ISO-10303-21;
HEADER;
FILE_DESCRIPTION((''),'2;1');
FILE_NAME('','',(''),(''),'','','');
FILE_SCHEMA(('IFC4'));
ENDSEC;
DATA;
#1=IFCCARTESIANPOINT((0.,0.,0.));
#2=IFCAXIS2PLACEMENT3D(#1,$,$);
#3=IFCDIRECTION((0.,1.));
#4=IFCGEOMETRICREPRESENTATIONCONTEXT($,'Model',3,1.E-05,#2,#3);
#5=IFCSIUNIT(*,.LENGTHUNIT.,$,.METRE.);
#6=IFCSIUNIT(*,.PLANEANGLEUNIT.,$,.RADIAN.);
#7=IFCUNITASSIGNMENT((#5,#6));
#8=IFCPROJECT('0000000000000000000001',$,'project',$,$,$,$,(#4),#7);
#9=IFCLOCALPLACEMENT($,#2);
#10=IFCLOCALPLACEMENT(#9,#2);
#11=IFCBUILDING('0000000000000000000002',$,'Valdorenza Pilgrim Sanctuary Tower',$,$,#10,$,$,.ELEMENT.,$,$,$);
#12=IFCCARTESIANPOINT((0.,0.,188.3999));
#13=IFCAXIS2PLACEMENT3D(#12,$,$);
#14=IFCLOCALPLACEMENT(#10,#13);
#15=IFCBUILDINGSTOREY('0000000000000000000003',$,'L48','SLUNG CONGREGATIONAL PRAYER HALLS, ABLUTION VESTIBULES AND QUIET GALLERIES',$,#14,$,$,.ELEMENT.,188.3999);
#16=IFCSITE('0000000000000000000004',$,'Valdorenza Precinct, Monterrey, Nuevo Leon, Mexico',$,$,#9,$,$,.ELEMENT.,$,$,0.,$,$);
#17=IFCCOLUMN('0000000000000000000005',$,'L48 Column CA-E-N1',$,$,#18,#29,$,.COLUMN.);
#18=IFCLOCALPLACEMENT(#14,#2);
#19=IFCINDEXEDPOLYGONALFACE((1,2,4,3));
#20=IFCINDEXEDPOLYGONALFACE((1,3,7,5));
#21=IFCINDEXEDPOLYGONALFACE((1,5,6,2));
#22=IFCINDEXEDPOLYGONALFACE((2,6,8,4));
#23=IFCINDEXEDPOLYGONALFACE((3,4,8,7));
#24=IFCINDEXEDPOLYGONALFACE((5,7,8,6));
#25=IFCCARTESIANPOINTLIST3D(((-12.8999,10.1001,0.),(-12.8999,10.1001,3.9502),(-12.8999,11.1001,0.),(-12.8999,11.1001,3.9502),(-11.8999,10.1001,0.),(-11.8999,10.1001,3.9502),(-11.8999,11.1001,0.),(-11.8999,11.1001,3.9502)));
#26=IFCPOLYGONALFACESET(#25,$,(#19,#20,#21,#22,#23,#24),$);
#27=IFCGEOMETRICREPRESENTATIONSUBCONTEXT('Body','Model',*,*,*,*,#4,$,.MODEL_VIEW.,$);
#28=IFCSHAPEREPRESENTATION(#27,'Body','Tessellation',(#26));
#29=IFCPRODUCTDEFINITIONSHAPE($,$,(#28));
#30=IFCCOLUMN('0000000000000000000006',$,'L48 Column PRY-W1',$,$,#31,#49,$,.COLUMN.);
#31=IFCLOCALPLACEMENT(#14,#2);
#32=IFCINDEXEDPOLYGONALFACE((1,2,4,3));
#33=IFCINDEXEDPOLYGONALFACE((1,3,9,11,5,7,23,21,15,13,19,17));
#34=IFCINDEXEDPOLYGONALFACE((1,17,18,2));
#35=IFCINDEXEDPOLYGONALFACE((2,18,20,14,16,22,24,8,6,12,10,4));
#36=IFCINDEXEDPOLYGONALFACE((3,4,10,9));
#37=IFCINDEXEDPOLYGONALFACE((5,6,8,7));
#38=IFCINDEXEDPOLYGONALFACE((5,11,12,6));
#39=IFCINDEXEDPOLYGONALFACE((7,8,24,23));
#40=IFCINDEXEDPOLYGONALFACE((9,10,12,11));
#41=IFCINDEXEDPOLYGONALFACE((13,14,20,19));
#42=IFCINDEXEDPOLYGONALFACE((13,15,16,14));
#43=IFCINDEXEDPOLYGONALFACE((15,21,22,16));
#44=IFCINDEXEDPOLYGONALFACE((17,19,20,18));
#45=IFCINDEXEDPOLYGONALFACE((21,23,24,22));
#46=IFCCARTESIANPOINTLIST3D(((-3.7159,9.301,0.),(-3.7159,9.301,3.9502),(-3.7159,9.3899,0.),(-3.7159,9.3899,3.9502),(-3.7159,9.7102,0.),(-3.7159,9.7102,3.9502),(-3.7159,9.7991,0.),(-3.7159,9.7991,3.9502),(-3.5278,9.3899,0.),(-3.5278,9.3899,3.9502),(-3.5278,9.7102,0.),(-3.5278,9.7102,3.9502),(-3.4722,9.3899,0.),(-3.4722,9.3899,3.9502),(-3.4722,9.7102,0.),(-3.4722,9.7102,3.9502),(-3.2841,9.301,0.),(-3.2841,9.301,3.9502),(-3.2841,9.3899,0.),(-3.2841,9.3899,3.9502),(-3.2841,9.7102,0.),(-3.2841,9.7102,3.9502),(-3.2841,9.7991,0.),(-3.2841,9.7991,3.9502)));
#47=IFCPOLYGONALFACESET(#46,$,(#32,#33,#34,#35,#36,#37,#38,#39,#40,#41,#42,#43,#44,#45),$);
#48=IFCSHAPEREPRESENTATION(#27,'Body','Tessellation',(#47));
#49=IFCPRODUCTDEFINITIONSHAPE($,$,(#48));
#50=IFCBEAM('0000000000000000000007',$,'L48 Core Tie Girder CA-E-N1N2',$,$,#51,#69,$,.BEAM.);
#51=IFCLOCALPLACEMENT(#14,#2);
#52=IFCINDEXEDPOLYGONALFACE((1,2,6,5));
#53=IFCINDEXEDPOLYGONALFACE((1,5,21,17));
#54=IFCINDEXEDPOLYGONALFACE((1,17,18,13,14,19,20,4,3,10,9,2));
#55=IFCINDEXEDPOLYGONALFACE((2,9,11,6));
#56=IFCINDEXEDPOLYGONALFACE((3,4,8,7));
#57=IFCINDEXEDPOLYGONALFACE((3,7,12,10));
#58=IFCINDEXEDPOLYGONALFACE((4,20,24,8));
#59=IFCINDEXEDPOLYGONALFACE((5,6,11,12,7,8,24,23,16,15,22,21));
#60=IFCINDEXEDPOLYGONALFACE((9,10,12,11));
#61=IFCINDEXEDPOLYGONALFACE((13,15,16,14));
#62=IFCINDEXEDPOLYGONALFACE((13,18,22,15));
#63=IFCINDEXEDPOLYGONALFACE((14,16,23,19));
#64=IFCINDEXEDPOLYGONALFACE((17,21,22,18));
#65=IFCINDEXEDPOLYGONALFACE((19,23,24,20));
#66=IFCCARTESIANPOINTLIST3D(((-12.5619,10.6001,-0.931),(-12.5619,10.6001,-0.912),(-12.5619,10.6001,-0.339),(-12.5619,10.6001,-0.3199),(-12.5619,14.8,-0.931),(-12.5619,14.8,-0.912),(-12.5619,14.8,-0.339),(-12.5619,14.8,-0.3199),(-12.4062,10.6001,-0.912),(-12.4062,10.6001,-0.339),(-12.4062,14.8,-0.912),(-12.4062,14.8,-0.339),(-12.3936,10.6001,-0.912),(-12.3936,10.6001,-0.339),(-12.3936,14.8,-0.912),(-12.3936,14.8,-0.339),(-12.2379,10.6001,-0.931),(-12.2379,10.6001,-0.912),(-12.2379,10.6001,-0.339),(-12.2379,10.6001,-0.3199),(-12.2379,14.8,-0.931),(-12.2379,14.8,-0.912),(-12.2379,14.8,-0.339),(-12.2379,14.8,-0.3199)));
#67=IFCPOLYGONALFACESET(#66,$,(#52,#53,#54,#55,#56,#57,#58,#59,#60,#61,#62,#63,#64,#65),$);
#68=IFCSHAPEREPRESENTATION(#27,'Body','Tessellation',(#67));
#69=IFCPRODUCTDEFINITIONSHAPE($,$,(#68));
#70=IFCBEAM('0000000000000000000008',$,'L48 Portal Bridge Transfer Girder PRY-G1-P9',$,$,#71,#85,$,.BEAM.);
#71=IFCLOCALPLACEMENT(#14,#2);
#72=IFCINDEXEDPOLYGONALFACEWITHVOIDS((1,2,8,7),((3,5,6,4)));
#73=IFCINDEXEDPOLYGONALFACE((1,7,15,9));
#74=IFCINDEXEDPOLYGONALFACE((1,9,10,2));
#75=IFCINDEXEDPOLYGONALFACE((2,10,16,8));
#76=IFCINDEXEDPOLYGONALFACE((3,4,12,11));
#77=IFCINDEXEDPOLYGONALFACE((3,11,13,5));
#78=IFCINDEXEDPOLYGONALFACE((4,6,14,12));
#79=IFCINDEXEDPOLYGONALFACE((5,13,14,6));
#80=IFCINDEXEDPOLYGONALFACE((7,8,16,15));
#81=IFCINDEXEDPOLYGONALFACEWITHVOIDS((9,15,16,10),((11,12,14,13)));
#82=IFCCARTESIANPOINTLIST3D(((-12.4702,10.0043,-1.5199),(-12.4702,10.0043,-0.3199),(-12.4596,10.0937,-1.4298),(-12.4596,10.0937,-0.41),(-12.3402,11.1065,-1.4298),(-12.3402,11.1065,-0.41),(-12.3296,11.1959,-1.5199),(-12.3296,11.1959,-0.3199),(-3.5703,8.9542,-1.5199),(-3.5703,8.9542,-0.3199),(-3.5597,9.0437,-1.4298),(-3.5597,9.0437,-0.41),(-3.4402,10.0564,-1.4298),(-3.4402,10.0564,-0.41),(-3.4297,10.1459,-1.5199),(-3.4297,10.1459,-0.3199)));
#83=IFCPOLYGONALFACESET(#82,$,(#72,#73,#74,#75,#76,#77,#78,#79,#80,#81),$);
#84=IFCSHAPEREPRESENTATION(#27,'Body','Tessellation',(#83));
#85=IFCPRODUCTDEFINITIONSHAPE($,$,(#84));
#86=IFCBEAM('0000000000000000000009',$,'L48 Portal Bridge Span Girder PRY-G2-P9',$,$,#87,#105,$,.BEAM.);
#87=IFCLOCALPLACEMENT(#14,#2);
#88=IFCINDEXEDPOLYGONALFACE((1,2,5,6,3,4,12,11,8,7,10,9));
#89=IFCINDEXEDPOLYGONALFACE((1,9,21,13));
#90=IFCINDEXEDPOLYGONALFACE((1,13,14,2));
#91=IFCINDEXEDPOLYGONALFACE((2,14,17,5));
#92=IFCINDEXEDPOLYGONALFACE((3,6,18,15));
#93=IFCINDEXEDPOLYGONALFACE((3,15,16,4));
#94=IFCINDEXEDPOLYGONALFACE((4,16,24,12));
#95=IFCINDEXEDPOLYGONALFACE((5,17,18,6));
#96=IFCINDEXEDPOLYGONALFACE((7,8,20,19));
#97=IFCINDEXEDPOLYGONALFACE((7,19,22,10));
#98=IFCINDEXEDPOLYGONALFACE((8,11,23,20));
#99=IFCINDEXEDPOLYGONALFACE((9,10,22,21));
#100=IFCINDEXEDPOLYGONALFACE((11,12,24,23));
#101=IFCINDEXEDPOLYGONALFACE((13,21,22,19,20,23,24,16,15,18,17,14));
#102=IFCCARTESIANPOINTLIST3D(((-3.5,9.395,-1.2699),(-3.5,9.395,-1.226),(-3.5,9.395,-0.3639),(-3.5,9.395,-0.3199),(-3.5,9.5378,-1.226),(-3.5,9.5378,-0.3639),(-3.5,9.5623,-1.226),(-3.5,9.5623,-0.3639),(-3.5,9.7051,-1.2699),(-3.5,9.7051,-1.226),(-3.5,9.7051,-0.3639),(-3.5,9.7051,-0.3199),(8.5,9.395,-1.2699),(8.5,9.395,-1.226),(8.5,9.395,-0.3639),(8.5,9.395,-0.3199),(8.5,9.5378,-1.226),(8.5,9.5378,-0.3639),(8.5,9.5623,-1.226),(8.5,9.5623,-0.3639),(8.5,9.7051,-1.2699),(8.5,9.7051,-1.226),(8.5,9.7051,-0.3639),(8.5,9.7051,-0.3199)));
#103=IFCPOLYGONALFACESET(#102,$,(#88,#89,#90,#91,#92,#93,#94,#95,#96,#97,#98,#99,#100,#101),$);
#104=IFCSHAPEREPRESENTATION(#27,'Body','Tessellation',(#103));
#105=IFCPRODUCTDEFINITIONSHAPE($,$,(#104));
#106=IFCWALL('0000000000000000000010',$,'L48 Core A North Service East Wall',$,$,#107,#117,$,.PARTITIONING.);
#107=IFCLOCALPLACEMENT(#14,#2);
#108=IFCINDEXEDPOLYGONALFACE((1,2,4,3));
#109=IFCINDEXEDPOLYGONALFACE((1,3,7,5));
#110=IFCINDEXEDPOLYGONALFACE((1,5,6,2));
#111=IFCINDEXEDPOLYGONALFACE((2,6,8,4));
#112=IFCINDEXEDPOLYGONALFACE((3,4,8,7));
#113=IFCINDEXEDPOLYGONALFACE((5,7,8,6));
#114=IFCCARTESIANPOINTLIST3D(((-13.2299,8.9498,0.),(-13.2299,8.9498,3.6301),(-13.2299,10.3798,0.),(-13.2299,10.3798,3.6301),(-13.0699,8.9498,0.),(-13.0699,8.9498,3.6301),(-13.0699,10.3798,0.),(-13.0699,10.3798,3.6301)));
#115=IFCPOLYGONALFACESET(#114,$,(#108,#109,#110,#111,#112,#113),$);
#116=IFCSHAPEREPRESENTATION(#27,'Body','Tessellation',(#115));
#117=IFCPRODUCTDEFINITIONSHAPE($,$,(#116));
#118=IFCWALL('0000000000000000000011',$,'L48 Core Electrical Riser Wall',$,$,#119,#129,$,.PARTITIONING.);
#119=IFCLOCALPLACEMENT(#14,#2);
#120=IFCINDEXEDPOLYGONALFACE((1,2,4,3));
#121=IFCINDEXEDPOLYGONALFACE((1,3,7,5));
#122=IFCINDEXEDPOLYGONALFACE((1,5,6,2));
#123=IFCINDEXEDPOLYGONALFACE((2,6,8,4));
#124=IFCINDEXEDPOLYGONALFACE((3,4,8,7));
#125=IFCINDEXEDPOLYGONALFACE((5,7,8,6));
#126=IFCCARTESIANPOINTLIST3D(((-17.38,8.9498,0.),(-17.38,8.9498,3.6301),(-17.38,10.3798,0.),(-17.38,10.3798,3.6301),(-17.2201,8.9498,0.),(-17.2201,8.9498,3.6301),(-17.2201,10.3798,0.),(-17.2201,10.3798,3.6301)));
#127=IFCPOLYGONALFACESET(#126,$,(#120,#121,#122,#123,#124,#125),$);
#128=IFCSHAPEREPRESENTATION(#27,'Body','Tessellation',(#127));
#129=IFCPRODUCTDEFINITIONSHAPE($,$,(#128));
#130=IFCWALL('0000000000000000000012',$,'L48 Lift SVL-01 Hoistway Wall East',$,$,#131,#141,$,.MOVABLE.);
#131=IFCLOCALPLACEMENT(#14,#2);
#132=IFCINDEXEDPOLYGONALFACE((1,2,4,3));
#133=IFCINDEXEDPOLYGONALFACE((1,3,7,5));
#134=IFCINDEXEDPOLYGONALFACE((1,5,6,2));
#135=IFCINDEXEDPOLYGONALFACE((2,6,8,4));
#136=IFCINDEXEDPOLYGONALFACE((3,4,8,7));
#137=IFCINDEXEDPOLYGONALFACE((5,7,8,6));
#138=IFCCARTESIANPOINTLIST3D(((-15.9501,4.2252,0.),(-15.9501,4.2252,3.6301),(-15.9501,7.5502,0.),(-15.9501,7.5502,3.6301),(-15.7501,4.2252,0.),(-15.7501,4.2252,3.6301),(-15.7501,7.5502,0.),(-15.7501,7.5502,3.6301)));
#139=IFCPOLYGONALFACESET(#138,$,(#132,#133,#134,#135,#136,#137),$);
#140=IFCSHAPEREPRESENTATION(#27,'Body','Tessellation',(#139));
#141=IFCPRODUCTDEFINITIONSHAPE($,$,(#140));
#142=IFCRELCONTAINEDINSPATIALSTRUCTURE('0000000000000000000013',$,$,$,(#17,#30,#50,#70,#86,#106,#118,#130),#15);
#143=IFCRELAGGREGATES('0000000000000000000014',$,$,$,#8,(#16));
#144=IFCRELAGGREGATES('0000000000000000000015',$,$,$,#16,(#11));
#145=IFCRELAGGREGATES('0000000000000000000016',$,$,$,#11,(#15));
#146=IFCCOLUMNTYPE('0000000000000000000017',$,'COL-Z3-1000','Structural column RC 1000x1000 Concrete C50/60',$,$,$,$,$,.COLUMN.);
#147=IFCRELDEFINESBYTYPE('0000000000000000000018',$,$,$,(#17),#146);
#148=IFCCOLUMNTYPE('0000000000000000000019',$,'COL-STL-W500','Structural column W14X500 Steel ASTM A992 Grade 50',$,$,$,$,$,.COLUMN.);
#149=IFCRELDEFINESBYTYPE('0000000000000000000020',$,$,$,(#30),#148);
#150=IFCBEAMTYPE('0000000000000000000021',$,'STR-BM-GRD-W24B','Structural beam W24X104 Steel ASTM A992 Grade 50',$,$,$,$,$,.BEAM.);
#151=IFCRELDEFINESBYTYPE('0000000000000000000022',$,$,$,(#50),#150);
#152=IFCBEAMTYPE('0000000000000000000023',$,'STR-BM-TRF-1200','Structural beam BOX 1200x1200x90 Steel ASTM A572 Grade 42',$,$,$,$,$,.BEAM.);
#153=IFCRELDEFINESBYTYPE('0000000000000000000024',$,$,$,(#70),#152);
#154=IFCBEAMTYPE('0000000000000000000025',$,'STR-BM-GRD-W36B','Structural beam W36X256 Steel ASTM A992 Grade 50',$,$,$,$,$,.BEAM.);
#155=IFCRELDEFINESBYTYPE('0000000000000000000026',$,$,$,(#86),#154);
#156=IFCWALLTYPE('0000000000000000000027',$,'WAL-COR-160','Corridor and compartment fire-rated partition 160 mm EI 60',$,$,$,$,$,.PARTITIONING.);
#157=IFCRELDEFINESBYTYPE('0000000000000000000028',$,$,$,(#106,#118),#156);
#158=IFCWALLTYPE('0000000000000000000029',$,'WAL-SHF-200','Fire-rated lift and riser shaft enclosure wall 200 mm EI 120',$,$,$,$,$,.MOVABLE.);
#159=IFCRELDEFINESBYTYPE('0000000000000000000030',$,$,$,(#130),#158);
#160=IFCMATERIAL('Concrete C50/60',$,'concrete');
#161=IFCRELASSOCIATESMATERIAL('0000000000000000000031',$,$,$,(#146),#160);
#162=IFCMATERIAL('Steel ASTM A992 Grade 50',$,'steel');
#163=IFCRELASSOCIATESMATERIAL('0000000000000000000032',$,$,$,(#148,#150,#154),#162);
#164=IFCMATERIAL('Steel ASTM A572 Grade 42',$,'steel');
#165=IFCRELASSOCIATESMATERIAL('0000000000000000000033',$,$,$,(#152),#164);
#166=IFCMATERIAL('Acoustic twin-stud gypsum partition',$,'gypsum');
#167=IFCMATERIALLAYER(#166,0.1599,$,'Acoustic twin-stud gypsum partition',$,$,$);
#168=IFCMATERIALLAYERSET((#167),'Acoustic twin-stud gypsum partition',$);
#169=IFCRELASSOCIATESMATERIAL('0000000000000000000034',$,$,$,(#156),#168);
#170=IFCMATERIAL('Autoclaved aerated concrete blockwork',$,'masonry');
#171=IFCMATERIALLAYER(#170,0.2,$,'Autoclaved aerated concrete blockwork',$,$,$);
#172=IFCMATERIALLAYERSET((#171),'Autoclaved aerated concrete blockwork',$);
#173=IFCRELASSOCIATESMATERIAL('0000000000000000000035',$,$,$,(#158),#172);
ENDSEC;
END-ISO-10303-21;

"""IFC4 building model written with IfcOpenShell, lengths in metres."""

from ifc_helpers import new_model, si_unit, direction, frame, frame_2d, origin, origin_2d, place, context, subcontext, project, spatial, rectangle, hollow_rectangle, i_section, extrude, source, transform, mapped, material, layer, layer_set, material_profile, profile_set, type_object, element, save


model = new_model("IFC4")

# Units and contexts
model_context = context("Model", 3, precision=1e-05, world=origin(), true_north=direction((0.0, 1.0)))
body_context = subcontext(model_context, "Body", "Model", "MODEL_VIEW")
ifc_project = project(units=[si_unit("LENGTHUNIT", "METRE"), si_unit("PLANEANGLEUNIT", "RADIAN")], contexts=[model_context])

# Site, building, storey
site_placement = place(None, origin())
site = spatial("IfcSite", under=ifc_project, at=site_placement, Name="Valdorenza Precinct, Monterrey, Nuevo Leon, Mexico", CompositionType="ELEMENT", RefElevation=0.0)
building_placement = place(site_placement, origin())
building = spatial("IfcBuilding", under=site, at=building_placement, Name="Valdorenza Pilgrim Sanctuary Tower", CompositionType="ELEMENT")
storey_placement = place(building_placement, frame((0.0, 0.0, 188.3999)))
storey = spatial("IfcBuildingStorey", under=building, at=storey_placement, Name="L48", Description="SLUNG CONGREGATIONAL PRAYER HALLS, ABLUTION VESTIBULES AND QUIET GALLERIES", CompositionType="ELEMENT", Elevation=188.3999)

# Columns
ifc_material_1 = material(Name="Concrete C50/60", Category="concrete")
ifc_material_profile_1 = material_profile(ifc_material_1, rectangle(XDim=1.0, YDim=1.0, at=origin_2d()), Name="RC 1000x1000")
ifc_profile_set_1 = profile_set([ifc_material_profile_1], Name="Concrete C50/60")
column_type_1 = type_object("IfcColumnType", Name="COL-Z3-1000", Description="Structural column RC 1000x1000 Concrete C50/60", PredefinedType="COLUMN", material=ifc_profile_set_1)
shared_shape_1 = source(origin(), body_context, "Body", "SweptSolid", [
    extrude(rectangle(XDim=1.0, YDim=1.0, at=origin_2d()), origin(), (0.0, 0.0, 1.0), 3.9502),
])
column_1_placement = place(storey_placement, frame((-12.3999, 10.6001, 0.0), z_axis=(0.0, 0.0, 1.0), x_axis=(1.0, 0.0, 0.0)))
element("IfcColumn", 1, at=column_1_placement, inside=storey, type_object=column_type_1, Name="L48 Column CA-E-N1", PredefinedType="COLUMN", context=body_context, shape_type="MappedRepresentation", body=[
    mapped(shared_shape_1, transform((0.0, 0.0, 0.0), x_axis=(1.0, 0.0, 0.0), y_axis=(0.0, 1.0, 0.0), z_axis=(0.0, 0.0, 1.0), scale=1.0)),
])
ifc_material_2 = material(Name="Steel ASTM A992 Grade 50", Category="steel")
ifc_material_profile_2 = material_profile(ifc_material_2, i_section(OverallWidth=0.4319, OverallDepth=0.498, WebThickness=0.0557, FlangeThickness=0.0889, at=origin_2d()), Name="W14X500")
ifc_profile_set_2 = profile_set([ifc_material_profile_2], Name="Steel ASTM A992 Grade 50")
column_type_2 = type_object("IfcColumnType", Name="COL-STL-W500", Description="Structural column W14X500 Steel ASTM A992 Grade 50", PredefinedType="COLUMN", material=ifc_profile_set_2)
shared_shape_2 = source(origin(), body_context, "Body", "SweptSolid", [
    extrude(i_section(OverallWidth=0.4319, OverallDepth=0.498, WebThickness=0.0557, FlangeThickness=0.0889, at=origin_2d()), origin(), (0.0, 0.0, 1.0), 3.9502),
])
column_2_placement = place(storey_placement, frame((-3.5, 9.55, 0.0), z_axis=(0.0, 0.0, 1.0), x_axis=(1.0, 0.0, 0.0)))
element("IfcColumn", 2, at=column_2_placement, inside=storey, type_object=column_type_2, Name="L48 Column PRY-W1", PredefinedType="COLUMN", context=body_context, shape_type="MappedRepresentation", body=[
    mapped(shared_shape_2, transform((0.0, 0.0, 0.0), x_axis=(1.0, 0.0, 0.0), y_axis=(0.0, 1.0, 0.0), z_axis=(0.0, 0.0, 1.0), scale=1.0)),
])

# Beams
ifc_material_profile_3 = material_profile(ifc_material_2, i_section(OverallWidth=0.324, OverallDepth=0.6111, WebThickness=0.0127, FlangeThickness=0.019, at=origin_2d()), Name="W24X104")
ifc_profile_set_3 = profile_set([ifc_material_profile_3], Name="Steel ASTM A992 Grade 50")
beam_type_1 = type_object("IfcBeamType", Name="STR-BM-GRD-W24B", Description="Structural beam W24X104 Steel ASTM A992 Grade 50", PredefinedType="BEAM", material=ifc_profile_set_3)
shared_shape_3 = source(origin(), body_context, "Body", "SweptSolid", [
    extrude(i_section(OverallWidth=0.324, OverallDepth=0.6111, WebThickness=0.0127, FlangeThickness=0.019, at=origin_2d()), origin(), (0.0, 0.0, 1.0), 4.2),
])
beam_1_placement = place(storey_placement, frame((-12.3999, 10.6001, -0.6255), z_axis=(0.0, 1.0, 0.0), x_axis=(-1.0, 0.0, 0.0)))
element("IfcBeam", 3, at=beam_1_placement, inside=storey, type_object=beam_type_1, Name="L48 Core Tie Girder CA-E-N1N2", PredefinedType="BEAM", context=body_context, shape_type="MappedRepresentation", body=[
    mapped(shared_shape_3, transform((0.0, 0.0, 0.0), x_axis=(1.0, 0.0, 0.0), y_axis=(0.0, 1.0, 0.0), z_axis=(0.0, 0.0, 1.0), scale=1.0)),
])
ifc_material_3 = material(Name="Steel ASTM A572 Grade 42", Category="steel")
ifc_material_profile_4 = material_profile(ifc_material_3, hollow_rectangle(XDim=1.2, YDim=1.2, WallThickness=0.0901, at=origin_2d()), Name="BOX 1200x1200x90")
ifc_profile_set_4 = profile_set([ifc_material_profile_4], Name="Steel ASTM A572 Grade 42")
beam_type_2 = type_object("IfcBeamType", Name="STR-BM-TRF-1200", Description="Structural beam BOX 1200x1200x90 Steel ASTM A572 Grade 42", PredefinedType="BEAM", material=ifc_profile_set_4)
shared_shape_4 = source(origin(), body_context, "Body", "SweptSolid", [
    extrude(hollow_rectangle(XDim=1.2, YDim=1.2, WallThickness=0.0901, at=origin_2d()), origin(), (0.0, 0.0, 1.0), 8.9617),
])
beam_2_placement = place(storey_placement, frame((-12.3999, 10.6001, -0.9199), z_axis=(0.993112, -0.117172, 0.0), x_axis=(0.117172, 0.993112, 0.0)))
element("IfcBeam", 4, at=beam_2_placement, inside=storey, type_object=beam_type_2, Name="L48 Portal Bridge Transfer Girder PRY-G1-P9", PredefinedType="BEAM", context=body_context, shape_type="MappedRepresentation", body=[
    mapped(shared_shape_4, transform((0.0, 0.0, 0.0), x_axis=(1.0, 0.0, 0.0), y_axis=(0.0, 1.0, 0.0), z_axis=(0.0, 0.0, 1.0), scale=1.0)),
])
ifc_material_profile_5 = material_profile(ifc_material_2, i_section(OverallWidth=0.3101, OverallDepth=0.95, WebThickness=0.0244, FlangeThickness=0.0439, at=origin_2d()), Name="W36X256")
ifc_profile_set_5 = profile_set([ifc_material_profile_5], Name="Steel ASTM A992 Grade 50")
beam_type_3 = type_object("IfcBeamType", Name="STR-BM-GRD-W36B", Description="Structural beam W36X256 Steel ASTM A992 Grade 50", PredefinedType="BEAM", material=ifc_profile_set_5)
shared_shape_5 = source(origin(), body_context, "Body", "SweptSolid", [
    extrude(i_section(OverallWidth=0.3101, OverallDepth=0.95, WebThickness=0.0244, FlangeThickness=0.0439, at=origin_2d()), origin(), (0.0, 0.0, 1.0), 12.0),
])
beam_3_placement = place(storey_placement, frame((-3.5, 9.55, -0.7949), z_axis=(1.0, 0.0, 0.0), x_axis=(0.0, 1.0, 0.0)))
element("IfcBeam", 5, at=beam_3_placement, inside=storey, type_object=beam_type_3, Name="L48 Portal Bridge Span Girder PRY-G2-P9", PredefinedType="BEAM", context=body_context, shape_type="MappedRepresentation", body=[
    mapped(shared_shape_5, transform((0.0, 0.0, 0.0), x_axis=(1.0, 0.0, 0.0), y_axis=(0.0, 1.0, 0.0), z_axis=(0.0, 0.0, 1.0), scale=1.0)),
])

# Walls
ifc_material_4 = material(Name="Acoustic twin-stud gypsum partition", Category="gypsum")
ifc_layer_1 = layer(ifc_material_4, 0.1599, Name="Acoustic twin-stud gypsum partition")
ifc_layer_set_1 = layer_set([ifc_layer_1], Name="Acoustic twin-stud gypsum partition")
wall_type_1 = type_object("IfcWallType", Name="WAL-COR-160", Description="Corridor and compartment fire-rated partition 160 mm EI 60", PredefinedType="PARTITIONING", material=ifc_layer_set_1)
for number, where, z_axis, x_axis, name in (
    (6, (-13.1499, 8.95, 0.0), (0.0, 0.0, 1.0), (0.0, 1.0, 0.0), "L48 Core A North Service East Wall"),
    (7, (-17.3, 8.95, 0.0), (0.0, 0.0, 1.0), (0.0, 1.0, 0.0), "L48 Core Electrical Riser Wall"),
):
    element("IfcWall", number, at=place(storey_placement, frame(where, z_axis=z_axis, x_axis=x_axis)), inside=storey, type_object=wall_type_1, Name=name, PredefinedType="PARTITIONING", context=body_context, shape_type="SweptSolid", body=[
        extrude(rectangle(XDim=1.4299, YDim=0.1599, at=frame_2d((0.7148, 0.0))), origin(), (0.0, 0.0, 1.0), 3.6301),
    ])
ifc_material_5 = material(Name="Autoclaved aerated concrete blockwork", Category="masonry")
ifc_layer_2 = layer(ifc_material_5, 0.2, Name="Autoclaved aerated concrete blockwork")
ifc_layer_set_2 = layer_set([ifc_layer_2], Name="Autoclaved aerated concrete blockwork")
wall_type_2 = type_object("IfcWallType", Name="WAL-SHF-200", Description="Fire-rated lift and riser shaft enclosure wall 200 mm EI 120", PredefinedType="MOVABLE", material=ifc_layer_set_2)
wall_1_placement = place(storey_placement, frame((-15.8501, 4.2251, 0.0), z_axis=(0.0, 0.0, 1.0), x_axis=(0.0, 1.0, 0.0)))
element("IfcWall", 8, at=wall_1_placement, inside=storey, type_object=wall_type_2, Name="L48 Lift SVL-01 Hoistway Wall East", PredefinedType="MOVABLE", context=body_context, shape_type="SweptSolid", body=[
    extrude(rectangle(XDim=3.325, YDim=0.2, at=frame_2d((1.6626, 0.0))), origin(), (0.0, 0.0, 1.0), 3.6301),
])

save(model, "model.ifc")
